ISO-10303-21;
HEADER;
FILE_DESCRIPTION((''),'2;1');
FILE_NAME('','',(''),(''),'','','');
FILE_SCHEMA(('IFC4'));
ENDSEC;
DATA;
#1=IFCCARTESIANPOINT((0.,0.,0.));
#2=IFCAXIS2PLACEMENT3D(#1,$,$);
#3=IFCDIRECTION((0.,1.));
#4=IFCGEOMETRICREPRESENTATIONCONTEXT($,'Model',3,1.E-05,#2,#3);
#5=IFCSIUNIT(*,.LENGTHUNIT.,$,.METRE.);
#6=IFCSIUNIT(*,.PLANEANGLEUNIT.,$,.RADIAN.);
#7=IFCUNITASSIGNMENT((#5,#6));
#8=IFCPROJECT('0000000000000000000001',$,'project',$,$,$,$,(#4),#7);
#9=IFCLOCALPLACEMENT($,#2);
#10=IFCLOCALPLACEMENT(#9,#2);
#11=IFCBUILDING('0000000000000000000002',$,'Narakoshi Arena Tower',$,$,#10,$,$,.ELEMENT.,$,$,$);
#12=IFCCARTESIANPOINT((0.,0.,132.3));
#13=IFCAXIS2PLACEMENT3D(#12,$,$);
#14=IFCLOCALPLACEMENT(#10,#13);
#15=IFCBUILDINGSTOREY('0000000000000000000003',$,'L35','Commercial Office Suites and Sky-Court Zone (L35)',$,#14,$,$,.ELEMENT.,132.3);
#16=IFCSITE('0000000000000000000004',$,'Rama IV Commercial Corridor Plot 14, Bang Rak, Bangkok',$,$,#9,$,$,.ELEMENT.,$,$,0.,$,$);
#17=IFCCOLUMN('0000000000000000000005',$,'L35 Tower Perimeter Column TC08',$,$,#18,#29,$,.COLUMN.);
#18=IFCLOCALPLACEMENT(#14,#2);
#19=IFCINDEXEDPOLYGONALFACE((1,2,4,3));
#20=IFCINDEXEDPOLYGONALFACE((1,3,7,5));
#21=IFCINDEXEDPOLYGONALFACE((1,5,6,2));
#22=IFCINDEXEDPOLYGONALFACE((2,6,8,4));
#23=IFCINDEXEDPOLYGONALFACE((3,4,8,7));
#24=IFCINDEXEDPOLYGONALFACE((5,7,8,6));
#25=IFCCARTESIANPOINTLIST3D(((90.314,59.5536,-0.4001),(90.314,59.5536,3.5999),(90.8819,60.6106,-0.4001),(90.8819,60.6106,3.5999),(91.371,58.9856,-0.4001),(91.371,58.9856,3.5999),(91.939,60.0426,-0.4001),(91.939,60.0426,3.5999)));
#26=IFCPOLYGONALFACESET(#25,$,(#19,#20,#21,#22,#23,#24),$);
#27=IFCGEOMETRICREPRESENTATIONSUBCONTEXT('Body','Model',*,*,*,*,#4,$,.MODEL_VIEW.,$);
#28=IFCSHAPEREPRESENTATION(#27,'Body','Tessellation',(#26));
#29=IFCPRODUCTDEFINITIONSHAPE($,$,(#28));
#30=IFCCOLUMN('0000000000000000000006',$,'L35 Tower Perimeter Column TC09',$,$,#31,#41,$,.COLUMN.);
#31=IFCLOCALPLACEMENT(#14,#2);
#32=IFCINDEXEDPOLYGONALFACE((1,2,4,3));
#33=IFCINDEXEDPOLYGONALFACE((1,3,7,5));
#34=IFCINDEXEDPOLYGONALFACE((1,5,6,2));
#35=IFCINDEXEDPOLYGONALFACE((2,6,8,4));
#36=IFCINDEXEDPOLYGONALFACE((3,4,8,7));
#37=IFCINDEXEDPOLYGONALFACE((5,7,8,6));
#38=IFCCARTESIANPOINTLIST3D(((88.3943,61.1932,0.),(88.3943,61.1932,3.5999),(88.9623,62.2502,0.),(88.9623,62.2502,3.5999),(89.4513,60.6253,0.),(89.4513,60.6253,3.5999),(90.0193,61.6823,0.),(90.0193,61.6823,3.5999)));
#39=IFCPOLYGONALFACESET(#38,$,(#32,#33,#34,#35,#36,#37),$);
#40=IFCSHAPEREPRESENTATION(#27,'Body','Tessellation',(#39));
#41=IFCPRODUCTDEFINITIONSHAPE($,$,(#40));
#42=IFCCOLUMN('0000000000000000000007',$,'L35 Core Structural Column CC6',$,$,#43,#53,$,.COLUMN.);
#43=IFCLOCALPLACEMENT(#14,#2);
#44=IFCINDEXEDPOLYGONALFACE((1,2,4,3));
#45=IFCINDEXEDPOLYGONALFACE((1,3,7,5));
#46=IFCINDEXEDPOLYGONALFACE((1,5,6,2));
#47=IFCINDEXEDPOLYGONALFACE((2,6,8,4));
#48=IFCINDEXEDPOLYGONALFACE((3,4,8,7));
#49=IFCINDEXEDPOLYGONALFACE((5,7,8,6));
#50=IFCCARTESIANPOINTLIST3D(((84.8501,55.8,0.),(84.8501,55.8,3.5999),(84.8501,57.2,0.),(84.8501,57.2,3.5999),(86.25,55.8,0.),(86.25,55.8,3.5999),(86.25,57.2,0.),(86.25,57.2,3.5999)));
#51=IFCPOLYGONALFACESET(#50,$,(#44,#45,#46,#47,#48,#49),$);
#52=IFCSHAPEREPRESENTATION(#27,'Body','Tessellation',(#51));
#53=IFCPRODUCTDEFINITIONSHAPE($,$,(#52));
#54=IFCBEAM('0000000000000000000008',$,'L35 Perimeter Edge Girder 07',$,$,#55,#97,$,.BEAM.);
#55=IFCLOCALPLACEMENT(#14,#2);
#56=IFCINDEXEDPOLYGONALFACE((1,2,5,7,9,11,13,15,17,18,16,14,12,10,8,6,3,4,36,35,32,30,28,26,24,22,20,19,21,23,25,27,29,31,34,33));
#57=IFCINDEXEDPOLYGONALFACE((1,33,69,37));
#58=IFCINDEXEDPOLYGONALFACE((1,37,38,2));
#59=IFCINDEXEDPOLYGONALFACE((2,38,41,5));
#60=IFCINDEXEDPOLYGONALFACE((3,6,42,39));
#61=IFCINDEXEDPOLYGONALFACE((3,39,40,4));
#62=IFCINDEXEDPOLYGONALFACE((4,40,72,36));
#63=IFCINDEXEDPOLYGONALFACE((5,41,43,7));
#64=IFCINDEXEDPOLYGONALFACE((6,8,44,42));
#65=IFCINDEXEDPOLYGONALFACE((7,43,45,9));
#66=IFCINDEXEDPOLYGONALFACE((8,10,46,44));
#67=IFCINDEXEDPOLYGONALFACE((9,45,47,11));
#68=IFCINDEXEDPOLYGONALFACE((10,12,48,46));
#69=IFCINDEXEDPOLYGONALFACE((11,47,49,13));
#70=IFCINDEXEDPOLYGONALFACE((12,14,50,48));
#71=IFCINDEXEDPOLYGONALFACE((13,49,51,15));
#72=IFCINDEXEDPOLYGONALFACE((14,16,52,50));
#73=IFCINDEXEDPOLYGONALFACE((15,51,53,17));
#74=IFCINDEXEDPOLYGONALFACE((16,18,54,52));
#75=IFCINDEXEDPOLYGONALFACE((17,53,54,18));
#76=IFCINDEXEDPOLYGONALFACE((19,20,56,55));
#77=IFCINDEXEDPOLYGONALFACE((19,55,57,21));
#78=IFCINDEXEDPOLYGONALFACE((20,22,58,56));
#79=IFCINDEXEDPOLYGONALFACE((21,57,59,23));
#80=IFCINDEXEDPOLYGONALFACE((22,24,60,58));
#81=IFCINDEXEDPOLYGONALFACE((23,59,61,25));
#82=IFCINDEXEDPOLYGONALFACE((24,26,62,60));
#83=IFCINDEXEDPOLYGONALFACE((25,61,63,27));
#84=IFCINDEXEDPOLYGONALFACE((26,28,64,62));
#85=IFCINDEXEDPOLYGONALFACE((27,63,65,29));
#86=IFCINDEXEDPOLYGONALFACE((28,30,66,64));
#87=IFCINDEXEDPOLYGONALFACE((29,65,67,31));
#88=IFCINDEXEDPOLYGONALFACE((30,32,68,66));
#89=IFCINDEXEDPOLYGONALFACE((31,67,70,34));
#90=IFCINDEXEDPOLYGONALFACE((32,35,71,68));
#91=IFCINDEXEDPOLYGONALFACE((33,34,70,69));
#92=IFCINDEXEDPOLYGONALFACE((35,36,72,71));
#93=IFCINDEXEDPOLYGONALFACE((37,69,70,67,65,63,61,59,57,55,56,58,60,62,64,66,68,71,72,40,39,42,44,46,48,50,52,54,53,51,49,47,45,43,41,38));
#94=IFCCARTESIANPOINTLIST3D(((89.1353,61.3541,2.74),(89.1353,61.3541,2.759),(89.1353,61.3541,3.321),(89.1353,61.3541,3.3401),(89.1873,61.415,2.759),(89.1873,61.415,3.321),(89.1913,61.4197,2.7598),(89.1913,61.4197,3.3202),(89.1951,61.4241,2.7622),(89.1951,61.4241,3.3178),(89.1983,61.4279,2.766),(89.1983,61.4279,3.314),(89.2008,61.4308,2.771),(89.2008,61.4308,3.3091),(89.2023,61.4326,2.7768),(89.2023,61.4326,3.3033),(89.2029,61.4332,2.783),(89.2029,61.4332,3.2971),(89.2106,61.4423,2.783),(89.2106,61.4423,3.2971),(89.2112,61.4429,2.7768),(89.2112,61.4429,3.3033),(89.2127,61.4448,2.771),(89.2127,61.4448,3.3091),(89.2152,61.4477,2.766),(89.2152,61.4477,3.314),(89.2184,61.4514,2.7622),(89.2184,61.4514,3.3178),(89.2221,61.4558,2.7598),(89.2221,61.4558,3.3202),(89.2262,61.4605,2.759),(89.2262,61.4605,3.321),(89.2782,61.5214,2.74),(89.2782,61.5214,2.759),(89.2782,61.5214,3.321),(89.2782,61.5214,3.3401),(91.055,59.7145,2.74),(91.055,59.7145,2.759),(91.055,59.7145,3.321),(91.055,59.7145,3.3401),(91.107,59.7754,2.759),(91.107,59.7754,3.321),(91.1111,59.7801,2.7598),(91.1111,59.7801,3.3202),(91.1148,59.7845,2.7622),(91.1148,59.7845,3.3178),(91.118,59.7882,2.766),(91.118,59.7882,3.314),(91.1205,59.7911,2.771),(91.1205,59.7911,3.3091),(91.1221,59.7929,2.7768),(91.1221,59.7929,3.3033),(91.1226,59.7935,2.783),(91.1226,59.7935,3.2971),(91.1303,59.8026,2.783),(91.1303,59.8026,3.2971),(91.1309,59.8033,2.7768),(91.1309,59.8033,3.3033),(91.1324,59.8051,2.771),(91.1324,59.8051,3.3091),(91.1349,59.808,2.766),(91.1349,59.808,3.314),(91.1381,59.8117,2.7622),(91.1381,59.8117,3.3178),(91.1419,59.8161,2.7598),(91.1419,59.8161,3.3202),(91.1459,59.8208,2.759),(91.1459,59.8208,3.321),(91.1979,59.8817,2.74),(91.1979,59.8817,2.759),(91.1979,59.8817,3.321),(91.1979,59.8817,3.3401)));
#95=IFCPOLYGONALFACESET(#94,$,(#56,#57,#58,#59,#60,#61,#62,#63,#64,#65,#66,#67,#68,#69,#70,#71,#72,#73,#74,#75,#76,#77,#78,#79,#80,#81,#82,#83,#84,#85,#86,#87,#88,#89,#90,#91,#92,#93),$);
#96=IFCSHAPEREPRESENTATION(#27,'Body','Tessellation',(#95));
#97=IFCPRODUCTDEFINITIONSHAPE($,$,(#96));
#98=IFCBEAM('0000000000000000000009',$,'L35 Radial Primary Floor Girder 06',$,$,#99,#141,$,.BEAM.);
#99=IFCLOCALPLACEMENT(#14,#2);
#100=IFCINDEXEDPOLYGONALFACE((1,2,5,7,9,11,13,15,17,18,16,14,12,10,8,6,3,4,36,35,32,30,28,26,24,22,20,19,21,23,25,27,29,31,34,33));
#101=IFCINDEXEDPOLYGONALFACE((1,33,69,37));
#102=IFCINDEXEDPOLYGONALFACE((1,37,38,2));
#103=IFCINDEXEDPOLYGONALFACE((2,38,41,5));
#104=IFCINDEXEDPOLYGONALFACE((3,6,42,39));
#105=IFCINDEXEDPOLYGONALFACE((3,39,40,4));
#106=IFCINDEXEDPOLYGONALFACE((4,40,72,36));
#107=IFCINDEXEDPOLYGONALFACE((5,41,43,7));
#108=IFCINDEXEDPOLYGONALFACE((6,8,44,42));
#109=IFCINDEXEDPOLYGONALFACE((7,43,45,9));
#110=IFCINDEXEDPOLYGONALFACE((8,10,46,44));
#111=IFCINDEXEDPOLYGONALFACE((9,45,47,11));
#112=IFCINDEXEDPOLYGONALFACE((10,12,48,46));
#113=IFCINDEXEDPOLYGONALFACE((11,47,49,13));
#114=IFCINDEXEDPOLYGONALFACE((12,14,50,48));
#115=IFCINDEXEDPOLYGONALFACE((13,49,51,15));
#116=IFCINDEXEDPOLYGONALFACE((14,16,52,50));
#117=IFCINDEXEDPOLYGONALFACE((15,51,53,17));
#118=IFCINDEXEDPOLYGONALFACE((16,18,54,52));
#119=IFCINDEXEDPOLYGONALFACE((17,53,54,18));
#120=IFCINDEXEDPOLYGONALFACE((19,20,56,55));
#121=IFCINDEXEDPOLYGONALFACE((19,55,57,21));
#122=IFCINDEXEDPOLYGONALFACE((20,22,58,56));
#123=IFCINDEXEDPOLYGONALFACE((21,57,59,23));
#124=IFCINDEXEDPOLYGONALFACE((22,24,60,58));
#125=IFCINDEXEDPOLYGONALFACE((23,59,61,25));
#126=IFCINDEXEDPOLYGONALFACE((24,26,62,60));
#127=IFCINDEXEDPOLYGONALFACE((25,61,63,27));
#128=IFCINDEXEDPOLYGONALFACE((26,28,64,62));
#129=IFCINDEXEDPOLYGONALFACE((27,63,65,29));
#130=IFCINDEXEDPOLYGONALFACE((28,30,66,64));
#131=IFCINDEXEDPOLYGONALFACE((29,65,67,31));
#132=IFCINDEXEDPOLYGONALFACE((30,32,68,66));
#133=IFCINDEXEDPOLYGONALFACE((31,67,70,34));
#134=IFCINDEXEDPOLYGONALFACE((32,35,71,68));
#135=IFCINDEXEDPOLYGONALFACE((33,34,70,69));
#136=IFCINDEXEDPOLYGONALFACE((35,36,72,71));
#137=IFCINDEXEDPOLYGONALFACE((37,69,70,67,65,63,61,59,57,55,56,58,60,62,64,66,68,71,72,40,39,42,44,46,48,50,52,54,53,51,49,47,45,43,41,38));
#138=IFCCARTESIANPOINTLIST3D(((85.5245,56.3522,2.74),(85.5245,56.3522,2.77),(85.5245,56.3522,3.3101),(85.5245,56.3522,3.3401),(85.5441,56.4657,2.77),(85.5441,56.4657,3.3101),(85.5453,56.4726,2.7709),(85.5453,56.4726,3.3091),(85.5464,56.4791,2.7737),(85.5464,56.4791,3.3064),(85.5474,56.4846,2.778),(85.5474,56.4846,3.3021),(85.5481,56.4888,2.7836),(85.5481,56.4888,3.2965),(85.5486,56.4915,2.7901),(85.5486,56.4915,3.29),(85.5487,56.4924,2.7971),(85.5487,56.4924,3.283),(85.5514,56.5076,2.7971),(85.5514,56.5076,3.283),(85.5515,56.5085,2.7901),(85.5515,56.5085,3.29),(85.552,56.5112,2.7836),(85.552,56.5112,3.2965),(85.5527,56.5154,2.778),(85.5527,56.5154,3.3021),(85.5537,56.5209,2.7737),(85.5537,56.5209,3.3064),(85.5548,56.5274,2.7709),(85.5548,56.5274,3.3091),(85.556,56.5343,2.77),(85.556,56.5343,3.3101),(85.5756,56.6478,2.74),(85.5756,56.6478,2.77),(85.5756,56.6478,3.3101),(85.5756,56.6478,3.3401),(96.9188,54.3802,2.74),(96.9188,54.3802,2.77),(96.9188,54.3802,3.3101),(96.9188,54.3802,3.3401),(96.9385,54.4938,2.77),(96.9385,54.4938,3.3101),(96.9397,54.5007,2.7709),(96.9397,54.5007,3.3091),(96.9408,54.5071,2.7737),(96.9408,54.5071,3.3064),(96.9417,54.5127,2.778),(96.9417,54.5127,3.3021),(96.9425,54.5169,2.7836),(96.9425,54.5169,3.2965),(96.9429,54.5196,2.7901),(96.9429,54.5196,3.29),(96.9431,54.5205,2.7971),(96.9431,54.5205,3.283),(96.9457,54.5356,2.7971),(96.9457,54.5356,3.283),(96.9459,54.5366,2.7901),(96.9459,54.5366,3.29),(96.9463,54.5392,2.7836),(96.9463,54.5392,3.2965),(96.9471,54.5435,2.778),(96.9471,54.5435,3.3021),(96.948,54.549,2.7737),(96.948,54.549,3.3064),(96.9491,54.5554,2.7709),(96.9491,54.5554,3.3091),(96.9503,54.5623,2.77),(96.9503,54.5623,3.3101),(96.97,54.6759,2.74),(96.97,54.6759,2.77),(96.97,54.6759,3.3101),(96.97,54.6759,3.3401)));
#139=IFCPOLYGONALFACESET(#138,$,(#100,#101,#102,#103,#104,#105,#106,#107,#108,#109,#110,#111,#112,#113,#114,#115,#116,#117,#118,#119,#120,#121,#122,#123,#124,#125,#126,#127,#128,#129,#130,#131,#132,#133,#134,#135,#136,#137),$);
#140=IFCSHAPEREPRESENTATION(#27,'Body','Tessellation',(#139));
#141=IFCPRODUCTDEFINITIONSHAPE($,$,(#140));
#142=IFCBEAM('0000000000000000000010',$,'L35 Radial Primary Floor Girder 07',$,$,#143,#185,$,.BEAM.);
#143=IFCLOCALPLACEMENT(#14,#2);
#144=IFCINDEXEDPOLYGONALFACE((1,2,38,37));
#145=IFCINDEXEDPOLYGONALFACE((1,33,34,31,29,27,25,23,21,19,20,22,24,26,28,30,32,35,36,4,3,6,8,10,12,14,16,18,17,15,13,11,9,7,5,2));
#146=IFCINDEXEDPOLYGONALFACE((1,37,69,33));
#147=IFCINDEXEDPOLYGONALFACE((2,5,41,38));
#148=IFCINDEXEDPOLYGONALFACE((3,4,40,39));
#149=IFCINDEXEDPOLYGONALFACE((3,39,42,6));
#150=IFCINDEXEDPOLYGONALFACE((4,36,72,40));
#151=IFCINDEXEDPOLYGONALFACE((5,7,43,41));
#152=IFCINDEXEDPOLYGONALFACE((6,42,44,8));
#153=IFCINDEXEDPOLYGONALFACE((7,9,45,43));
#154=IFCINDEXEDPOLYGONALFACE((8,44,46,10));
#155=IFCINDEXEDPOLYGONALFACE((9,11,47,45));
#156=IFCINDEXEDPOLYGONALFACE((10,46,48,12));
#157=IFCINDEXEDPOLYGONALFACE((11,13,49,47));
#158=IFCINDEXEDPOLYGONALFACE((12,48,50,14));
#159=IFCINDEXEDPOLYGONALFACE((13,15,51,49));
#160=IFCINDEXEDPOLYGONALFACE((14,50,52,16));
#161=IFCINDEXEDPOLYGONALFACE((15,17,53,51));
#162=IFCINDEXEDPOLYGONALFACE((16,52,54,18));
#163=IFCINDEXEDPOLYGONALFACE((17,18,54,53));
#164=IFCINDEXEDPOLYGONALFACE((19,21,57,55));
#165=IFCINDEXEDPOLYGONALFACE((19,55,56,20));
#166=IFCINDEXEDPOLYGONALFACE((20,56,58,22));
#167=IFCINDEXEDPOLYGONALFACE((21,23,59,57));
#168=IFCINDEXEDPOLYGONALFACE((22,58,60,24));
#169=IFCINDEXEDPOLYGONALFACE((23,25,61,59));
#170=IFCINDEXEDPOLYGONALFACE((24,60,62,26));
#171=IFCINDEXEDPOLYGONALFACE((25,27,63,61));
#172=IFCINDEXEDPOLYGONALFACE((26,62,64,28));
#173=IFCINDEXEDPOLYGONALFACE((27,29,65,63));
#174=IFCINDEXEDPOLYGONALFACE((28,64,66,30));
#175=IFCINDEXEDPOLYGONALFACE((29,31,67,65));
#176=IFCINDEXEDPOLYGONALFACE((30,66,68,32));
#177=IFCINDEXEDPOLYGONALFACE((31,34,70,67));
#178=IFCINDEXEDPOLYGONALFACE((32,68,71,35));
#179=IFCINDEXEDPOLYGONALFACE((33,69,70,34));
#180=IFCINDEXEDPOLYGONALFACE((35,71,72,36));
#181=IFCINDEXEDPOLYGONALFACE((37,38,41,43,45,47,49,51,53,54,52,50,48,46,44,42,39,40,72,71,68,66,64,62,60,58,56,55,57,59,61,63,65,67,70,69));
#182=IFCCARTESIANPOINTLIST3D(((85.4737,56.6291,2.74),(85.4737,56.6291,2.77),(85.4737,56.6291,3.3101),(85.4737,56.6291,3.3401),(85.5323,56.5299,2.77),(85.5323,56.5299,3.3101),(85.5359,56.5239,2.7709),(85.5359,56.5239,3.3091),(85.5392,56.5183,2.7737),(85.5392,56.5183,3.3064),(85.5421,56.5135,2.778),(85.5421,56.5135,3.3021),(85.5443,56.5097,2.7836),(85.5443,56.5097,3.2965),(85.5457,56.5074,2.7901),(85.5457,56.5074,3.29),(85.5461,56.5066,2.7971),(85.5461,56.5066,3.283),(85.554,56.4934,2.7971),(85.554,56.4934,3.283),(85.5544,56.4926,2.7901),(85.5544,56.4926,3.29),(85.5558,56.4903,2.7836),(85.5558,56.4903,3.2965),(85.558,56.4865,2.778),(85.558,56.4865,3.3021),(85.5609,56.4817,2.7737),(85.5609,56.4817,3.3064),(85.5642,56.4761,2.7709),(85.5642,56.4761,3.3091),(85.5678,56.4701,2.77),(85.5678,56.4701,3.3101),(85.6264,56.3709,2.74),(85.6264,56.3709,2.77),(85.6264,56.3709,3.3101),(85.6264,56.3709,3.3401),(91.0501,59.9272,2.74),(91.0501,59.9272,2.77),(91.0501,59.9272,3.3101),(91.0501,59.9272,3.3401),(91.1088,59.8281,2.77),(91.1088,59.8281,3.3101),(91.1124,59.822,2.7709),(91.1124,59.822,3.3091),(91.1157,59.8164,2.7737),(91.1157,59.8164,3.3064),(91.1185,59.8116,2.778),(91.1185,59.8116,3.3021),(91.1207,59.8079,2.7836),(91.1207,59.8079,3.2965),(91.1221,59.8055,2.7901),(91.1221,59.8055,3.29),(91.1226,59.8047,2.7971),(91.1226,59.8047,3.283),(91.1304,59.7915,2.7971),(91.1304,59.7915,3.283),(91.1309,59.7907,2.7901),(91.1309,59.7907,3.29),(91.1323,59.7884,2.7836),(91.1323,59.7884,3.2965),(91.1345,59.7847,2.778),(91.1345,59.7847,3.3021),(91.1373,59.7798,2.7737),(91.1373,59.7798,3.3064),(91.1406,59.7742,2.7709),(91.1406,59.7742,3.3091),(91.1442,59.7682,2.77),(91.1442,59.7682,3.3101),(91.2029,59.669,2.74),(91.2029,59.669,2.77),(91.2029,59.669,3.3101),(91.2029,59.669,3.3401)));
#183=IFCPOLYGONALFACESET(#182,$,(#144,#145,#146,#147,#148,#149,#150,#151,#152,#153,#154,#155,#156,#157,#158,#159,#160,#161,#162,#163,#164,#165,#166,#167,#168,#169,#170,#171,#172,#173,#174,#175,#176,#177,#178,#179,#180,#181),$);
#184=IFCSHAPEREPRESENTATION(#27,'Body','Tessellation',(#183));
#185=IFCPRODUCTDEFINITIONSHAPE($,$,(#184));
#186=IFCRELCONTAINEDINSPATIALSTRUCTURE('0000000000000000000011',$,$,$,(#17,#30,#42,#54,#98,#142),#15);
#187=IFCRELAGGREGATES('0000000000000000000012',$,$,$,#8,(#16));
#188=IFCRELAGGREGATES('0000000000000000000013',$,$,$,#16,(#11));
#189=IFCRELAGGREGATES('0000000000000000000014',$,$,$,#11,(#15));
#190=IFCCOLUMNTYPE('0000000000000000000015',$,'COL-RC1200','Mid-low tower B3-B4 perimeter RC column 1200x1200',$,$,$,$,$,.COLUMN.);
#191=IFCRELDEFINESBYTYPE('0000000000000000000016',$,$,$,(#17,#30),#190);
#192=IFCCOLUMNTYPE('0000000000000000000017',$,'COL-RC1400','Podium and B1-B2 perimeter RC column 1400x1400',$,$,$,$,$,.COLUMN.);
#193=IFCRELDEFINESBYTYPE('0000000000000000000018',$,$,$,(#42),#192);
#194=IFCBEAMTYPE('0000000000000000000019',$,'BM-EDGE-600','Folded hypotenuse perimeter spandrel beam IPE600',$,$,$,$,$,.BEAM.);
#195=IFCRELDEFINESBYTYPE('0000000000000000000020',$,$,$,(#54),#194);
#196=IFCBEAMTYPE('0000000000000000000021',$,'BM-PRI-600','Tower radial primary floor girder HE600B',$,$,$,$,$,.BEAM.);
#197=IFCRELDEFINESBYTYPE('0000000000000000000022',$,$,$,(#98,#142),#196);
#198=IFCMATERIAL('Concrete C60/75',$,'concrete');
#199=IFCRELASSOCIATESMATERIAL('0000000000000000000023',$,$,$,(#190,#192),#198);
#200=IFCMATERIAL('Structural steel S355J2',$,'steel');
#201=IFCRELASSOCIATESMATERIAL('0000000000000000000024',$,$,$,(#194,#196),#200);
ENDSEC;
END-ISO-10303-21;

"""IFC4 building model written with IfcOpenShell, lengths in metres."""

from ifc_helpers import new_model, si_unit, direction, frame, origin, origin_2d, place, context, subcontext, project, spatial, rectangle, i_section, extrude, material, material_profile, profile_set, type_object, element, save


model = new_model("IFC4")

# Units and contexts
model_context = context("Model", 3, precision=1e-05, world=origin(), true_north=direction((0.0, 1.0)))
body_context = subcontext(model_context, "Body", "Model", "MODEL_VIEW")
ifc_project = project(units=[si_unit("LENGTHUNIT", "METRE"), si_unit("PLANEANGLEUNIT", "RADIAN")], contexts=[model_context])

# Site, building, storey
site_placement = place(None, origin())
site = spatial("IfcSite", under=ifc_project, at=site_placement, Name="Rama IV Commercial Corridor Plot 14, Bang Rak, Bangkok", CompositionType="ELEMENT", RefElevation=0.0)
building_placement = place(site_placement, origin())
building = spatial("IfcBuilding", under=site, at=building_placement, Name="Narakoshi Arena Tower", CompositionType="ELEMENT")
storey_placement = place(building_placement, frame((0.0, 0.0, 132.3)))
storey = spatial("IfcBuildingStorey", under=building, at=storey_placement, Name="L35", Description="Commercial Office Suites and Sky-Court Zone (L35)", CompositionType="ELEMENT", Elevation=132.3)

# Columns
ifc_material_1 = material(Name="Concrete C60/75", Category="concrete")
ifc_material_profile_1 = material_profile(ifc_material_1, rectangle(XDim=1.2, YDim=1.2, at=origin_2d()), Name="RC1200x1200")
ifc_profile_set_1 = profile_set([ifc_material_profile_1], Name="Concrete C60/75")
column_type_1 = type_object("IfcColumnType", Name="COL-RC1200", Description="Mid-low tower B3-B4 perimeter RC column 1200x1200", PredefinedType="COLUMN", material=ifc_profile_set_1)
column_1_placement = place(storey_placement, frame((91.1265, 59.7981, -0.4001), z_axis=(0.0, 0.0, 1.0), x_axis=(0.47332, 0.880891, 0.0)))
element("IfcColumn", 1, at=column_1_placement, inside=storey, type_object=column_type_1, Name="L35 Tower Perimeter Column TC08", PredefinedType="COLUMN", context=body_context, shape_type="SweptSolid", body=[
    extrude(rectangle(XDim=1.2, YDim=1.2, at=origin_2d()), origin(), (0.0, 0.0, 1.0), 4.0),
])
column_2_placement = place(storey_placement, frame((89.2068, 61.4377, 0.0), z_axis=(0.0, 0.0, 1.0), x_axis=(0.47332, 0.880891, 0.0)))
element("IfcColumn", 2, at=column_2_placement, inside=storey, type_object=column_type_1, Name="L35 Tower Perimeter Column TC09", PredefinedType="COLUMN", context=body_context, shape_type="SweptSolid", body=[
    extrude(rectangle(XDim=1.2, YDim=1.2, at=origin_2d()), origin(), (0.0, 0.0, 1.0), 3.5999),
])
ifc_material_profile_2 = material_profile(ifc_material_1, rectangle(XDim=1.3999, YDim=1.3999, at=origin_2d()), Name="RC1400x1400")
ifc_profile_set_2 = profile_set([ifc_material_profile_2], Name="Concrete C60/75")
column_type_2 = type_object("IfcColumnType", Name="COL-RC1400", Description="Podium and B1-B2 perimeter RC column 1400x1400", PredefinedType="COLUMN", material=ifc_profile_set_2)
column_3_placement = place(storey_placement, frame((85.55, 56.5, 0.0), z_axis=(0.0, 0.0, 1.0), x_axis=(1.0, 0.0, 0.0)))
element("IfcColumn", 3, at=column_3_placement, inside=storey, type_object=column_type_2, Name="L35 Core Structural Column CC6", PredefinedType="COLUMN", context=body_context, shape_type="SweptSolid", body=[
    extrude(rectangle(XDim=1.3999, YDim=1.3999, at=origin_2d()), origin(), (0.0, 0.0, 1.0), 3.5999),
])

# Beams
ifc_material_2 = material(Name="Structural steel S355J2", Category="steel")
ifc_material_profile_3 = material_profile(ifc_material_2, i_section(OverallWidth=0.22, OverallDepth=0.6001, WebThickness=0.012, FlangeThickness=0.019, FilletRadius=0.0239, at=origin_2d()), Name="IPE600")
ifc_profile_set_3 = profile_set([ifc_material_profile_3], Name="Structural steel S355J2")
beam_type_1 = type_object("IfcBeamType", Name="BM-EDGE-600", Description="Folded hypotenuse perimeter spandrel beam IPE600", PredefinedType="BEAM", material=ifc_profile_set_3)
beam_1_placement = place(storey_placement, frame((91.1265, 59.7981, 3.04), z_axis=(-0.760389, 0.649468, 0.0), x_axis=(-0.649468, -0.760389, 0.0)))
element("IfcBeam", 4, at=beam_1_placement, inside=storey, type_object=beam_type_1, Name="L35 Perimeter Edge Girder 07", PredefinedType="BEAM", context=body_context, shape_type="SweptSolid", body=[
    extrude(i_section(OverallWidth=0.22, OverallDepth=0.6001, WebThickness=0.012, FlangeThickness=0.019, FilletRadius=0.0239, at=origin_2d()), origin(), (0.0, 0.0, 1.0), 2.5247),
])
ifc_material_profile_4 = material_profile(ifc_material_2, i_section(OverallWidth=0.3, OverallDepth=0.6001, WebThickness=0.0154, FlangeThickness=0.03, FilletRadius=0.0271, at=origin_2d()), Name="HE600B")
ifc_profile_set_4 = profile_set([ifc_material_profile_4], Name="Structural steel S355J2")
beam_type_2 = type_object("IfcBeamType", Name="BM-PRI-600", Description="Tower radial primary floor girder HE600B", PredefinedType="BEAM", material=ifc_profile_set_4)
beam_2_placement = place(storey_placement, frame((85.55, 56.5, 3.04), z_axis=(0.985353, -0.170528, 0.0), x_axis=(0.170528, 0.985353, 0.0)))
element("IfcBeam", 5, at=beam_2_placement, inside=storey, type_object=beam_type_2, Name="L35 Radial Primary Floor Girder 06", PredefinedType="BEAM", context=body_context, shape_type="SweptSolid", body=[
    extrude(i_section(OverallWidth=0.3, OverallDepth=0.6001, WebThickness=0.0154, FlangeThickness=0.03, FilletRadius=0.0271, at=origin_2d()), origin(), (0.0, 0.0, 1.0), 11.5637),
])
beam_3_placement = place(storey_placement, frame((85.55, 56.5, 3.04), z_axis=(0.860728, 0.509066, 0.0), x_axis=(-0.509066, 0.860728, 0.0)))
element("IfcBeam", 6, at=beam_3_placement, inside=storey, type_object=beam_type_2, Name="L35 Radial Primary Floor Girder 07", PredefinedType="BEAM", context=body_context, shape_type="SweptSolid", body=[
    extrude(i_section(OverallWidth=0.3, OverallDepth=0.6001, WebThickness=0.0154, FlangeThickness=0.03, FilletRadius=0.0271, at=origin_2d()), origin(), (0.0, 0.0, 1.0), 6.4788),
])

save(model, "model.ifc")
